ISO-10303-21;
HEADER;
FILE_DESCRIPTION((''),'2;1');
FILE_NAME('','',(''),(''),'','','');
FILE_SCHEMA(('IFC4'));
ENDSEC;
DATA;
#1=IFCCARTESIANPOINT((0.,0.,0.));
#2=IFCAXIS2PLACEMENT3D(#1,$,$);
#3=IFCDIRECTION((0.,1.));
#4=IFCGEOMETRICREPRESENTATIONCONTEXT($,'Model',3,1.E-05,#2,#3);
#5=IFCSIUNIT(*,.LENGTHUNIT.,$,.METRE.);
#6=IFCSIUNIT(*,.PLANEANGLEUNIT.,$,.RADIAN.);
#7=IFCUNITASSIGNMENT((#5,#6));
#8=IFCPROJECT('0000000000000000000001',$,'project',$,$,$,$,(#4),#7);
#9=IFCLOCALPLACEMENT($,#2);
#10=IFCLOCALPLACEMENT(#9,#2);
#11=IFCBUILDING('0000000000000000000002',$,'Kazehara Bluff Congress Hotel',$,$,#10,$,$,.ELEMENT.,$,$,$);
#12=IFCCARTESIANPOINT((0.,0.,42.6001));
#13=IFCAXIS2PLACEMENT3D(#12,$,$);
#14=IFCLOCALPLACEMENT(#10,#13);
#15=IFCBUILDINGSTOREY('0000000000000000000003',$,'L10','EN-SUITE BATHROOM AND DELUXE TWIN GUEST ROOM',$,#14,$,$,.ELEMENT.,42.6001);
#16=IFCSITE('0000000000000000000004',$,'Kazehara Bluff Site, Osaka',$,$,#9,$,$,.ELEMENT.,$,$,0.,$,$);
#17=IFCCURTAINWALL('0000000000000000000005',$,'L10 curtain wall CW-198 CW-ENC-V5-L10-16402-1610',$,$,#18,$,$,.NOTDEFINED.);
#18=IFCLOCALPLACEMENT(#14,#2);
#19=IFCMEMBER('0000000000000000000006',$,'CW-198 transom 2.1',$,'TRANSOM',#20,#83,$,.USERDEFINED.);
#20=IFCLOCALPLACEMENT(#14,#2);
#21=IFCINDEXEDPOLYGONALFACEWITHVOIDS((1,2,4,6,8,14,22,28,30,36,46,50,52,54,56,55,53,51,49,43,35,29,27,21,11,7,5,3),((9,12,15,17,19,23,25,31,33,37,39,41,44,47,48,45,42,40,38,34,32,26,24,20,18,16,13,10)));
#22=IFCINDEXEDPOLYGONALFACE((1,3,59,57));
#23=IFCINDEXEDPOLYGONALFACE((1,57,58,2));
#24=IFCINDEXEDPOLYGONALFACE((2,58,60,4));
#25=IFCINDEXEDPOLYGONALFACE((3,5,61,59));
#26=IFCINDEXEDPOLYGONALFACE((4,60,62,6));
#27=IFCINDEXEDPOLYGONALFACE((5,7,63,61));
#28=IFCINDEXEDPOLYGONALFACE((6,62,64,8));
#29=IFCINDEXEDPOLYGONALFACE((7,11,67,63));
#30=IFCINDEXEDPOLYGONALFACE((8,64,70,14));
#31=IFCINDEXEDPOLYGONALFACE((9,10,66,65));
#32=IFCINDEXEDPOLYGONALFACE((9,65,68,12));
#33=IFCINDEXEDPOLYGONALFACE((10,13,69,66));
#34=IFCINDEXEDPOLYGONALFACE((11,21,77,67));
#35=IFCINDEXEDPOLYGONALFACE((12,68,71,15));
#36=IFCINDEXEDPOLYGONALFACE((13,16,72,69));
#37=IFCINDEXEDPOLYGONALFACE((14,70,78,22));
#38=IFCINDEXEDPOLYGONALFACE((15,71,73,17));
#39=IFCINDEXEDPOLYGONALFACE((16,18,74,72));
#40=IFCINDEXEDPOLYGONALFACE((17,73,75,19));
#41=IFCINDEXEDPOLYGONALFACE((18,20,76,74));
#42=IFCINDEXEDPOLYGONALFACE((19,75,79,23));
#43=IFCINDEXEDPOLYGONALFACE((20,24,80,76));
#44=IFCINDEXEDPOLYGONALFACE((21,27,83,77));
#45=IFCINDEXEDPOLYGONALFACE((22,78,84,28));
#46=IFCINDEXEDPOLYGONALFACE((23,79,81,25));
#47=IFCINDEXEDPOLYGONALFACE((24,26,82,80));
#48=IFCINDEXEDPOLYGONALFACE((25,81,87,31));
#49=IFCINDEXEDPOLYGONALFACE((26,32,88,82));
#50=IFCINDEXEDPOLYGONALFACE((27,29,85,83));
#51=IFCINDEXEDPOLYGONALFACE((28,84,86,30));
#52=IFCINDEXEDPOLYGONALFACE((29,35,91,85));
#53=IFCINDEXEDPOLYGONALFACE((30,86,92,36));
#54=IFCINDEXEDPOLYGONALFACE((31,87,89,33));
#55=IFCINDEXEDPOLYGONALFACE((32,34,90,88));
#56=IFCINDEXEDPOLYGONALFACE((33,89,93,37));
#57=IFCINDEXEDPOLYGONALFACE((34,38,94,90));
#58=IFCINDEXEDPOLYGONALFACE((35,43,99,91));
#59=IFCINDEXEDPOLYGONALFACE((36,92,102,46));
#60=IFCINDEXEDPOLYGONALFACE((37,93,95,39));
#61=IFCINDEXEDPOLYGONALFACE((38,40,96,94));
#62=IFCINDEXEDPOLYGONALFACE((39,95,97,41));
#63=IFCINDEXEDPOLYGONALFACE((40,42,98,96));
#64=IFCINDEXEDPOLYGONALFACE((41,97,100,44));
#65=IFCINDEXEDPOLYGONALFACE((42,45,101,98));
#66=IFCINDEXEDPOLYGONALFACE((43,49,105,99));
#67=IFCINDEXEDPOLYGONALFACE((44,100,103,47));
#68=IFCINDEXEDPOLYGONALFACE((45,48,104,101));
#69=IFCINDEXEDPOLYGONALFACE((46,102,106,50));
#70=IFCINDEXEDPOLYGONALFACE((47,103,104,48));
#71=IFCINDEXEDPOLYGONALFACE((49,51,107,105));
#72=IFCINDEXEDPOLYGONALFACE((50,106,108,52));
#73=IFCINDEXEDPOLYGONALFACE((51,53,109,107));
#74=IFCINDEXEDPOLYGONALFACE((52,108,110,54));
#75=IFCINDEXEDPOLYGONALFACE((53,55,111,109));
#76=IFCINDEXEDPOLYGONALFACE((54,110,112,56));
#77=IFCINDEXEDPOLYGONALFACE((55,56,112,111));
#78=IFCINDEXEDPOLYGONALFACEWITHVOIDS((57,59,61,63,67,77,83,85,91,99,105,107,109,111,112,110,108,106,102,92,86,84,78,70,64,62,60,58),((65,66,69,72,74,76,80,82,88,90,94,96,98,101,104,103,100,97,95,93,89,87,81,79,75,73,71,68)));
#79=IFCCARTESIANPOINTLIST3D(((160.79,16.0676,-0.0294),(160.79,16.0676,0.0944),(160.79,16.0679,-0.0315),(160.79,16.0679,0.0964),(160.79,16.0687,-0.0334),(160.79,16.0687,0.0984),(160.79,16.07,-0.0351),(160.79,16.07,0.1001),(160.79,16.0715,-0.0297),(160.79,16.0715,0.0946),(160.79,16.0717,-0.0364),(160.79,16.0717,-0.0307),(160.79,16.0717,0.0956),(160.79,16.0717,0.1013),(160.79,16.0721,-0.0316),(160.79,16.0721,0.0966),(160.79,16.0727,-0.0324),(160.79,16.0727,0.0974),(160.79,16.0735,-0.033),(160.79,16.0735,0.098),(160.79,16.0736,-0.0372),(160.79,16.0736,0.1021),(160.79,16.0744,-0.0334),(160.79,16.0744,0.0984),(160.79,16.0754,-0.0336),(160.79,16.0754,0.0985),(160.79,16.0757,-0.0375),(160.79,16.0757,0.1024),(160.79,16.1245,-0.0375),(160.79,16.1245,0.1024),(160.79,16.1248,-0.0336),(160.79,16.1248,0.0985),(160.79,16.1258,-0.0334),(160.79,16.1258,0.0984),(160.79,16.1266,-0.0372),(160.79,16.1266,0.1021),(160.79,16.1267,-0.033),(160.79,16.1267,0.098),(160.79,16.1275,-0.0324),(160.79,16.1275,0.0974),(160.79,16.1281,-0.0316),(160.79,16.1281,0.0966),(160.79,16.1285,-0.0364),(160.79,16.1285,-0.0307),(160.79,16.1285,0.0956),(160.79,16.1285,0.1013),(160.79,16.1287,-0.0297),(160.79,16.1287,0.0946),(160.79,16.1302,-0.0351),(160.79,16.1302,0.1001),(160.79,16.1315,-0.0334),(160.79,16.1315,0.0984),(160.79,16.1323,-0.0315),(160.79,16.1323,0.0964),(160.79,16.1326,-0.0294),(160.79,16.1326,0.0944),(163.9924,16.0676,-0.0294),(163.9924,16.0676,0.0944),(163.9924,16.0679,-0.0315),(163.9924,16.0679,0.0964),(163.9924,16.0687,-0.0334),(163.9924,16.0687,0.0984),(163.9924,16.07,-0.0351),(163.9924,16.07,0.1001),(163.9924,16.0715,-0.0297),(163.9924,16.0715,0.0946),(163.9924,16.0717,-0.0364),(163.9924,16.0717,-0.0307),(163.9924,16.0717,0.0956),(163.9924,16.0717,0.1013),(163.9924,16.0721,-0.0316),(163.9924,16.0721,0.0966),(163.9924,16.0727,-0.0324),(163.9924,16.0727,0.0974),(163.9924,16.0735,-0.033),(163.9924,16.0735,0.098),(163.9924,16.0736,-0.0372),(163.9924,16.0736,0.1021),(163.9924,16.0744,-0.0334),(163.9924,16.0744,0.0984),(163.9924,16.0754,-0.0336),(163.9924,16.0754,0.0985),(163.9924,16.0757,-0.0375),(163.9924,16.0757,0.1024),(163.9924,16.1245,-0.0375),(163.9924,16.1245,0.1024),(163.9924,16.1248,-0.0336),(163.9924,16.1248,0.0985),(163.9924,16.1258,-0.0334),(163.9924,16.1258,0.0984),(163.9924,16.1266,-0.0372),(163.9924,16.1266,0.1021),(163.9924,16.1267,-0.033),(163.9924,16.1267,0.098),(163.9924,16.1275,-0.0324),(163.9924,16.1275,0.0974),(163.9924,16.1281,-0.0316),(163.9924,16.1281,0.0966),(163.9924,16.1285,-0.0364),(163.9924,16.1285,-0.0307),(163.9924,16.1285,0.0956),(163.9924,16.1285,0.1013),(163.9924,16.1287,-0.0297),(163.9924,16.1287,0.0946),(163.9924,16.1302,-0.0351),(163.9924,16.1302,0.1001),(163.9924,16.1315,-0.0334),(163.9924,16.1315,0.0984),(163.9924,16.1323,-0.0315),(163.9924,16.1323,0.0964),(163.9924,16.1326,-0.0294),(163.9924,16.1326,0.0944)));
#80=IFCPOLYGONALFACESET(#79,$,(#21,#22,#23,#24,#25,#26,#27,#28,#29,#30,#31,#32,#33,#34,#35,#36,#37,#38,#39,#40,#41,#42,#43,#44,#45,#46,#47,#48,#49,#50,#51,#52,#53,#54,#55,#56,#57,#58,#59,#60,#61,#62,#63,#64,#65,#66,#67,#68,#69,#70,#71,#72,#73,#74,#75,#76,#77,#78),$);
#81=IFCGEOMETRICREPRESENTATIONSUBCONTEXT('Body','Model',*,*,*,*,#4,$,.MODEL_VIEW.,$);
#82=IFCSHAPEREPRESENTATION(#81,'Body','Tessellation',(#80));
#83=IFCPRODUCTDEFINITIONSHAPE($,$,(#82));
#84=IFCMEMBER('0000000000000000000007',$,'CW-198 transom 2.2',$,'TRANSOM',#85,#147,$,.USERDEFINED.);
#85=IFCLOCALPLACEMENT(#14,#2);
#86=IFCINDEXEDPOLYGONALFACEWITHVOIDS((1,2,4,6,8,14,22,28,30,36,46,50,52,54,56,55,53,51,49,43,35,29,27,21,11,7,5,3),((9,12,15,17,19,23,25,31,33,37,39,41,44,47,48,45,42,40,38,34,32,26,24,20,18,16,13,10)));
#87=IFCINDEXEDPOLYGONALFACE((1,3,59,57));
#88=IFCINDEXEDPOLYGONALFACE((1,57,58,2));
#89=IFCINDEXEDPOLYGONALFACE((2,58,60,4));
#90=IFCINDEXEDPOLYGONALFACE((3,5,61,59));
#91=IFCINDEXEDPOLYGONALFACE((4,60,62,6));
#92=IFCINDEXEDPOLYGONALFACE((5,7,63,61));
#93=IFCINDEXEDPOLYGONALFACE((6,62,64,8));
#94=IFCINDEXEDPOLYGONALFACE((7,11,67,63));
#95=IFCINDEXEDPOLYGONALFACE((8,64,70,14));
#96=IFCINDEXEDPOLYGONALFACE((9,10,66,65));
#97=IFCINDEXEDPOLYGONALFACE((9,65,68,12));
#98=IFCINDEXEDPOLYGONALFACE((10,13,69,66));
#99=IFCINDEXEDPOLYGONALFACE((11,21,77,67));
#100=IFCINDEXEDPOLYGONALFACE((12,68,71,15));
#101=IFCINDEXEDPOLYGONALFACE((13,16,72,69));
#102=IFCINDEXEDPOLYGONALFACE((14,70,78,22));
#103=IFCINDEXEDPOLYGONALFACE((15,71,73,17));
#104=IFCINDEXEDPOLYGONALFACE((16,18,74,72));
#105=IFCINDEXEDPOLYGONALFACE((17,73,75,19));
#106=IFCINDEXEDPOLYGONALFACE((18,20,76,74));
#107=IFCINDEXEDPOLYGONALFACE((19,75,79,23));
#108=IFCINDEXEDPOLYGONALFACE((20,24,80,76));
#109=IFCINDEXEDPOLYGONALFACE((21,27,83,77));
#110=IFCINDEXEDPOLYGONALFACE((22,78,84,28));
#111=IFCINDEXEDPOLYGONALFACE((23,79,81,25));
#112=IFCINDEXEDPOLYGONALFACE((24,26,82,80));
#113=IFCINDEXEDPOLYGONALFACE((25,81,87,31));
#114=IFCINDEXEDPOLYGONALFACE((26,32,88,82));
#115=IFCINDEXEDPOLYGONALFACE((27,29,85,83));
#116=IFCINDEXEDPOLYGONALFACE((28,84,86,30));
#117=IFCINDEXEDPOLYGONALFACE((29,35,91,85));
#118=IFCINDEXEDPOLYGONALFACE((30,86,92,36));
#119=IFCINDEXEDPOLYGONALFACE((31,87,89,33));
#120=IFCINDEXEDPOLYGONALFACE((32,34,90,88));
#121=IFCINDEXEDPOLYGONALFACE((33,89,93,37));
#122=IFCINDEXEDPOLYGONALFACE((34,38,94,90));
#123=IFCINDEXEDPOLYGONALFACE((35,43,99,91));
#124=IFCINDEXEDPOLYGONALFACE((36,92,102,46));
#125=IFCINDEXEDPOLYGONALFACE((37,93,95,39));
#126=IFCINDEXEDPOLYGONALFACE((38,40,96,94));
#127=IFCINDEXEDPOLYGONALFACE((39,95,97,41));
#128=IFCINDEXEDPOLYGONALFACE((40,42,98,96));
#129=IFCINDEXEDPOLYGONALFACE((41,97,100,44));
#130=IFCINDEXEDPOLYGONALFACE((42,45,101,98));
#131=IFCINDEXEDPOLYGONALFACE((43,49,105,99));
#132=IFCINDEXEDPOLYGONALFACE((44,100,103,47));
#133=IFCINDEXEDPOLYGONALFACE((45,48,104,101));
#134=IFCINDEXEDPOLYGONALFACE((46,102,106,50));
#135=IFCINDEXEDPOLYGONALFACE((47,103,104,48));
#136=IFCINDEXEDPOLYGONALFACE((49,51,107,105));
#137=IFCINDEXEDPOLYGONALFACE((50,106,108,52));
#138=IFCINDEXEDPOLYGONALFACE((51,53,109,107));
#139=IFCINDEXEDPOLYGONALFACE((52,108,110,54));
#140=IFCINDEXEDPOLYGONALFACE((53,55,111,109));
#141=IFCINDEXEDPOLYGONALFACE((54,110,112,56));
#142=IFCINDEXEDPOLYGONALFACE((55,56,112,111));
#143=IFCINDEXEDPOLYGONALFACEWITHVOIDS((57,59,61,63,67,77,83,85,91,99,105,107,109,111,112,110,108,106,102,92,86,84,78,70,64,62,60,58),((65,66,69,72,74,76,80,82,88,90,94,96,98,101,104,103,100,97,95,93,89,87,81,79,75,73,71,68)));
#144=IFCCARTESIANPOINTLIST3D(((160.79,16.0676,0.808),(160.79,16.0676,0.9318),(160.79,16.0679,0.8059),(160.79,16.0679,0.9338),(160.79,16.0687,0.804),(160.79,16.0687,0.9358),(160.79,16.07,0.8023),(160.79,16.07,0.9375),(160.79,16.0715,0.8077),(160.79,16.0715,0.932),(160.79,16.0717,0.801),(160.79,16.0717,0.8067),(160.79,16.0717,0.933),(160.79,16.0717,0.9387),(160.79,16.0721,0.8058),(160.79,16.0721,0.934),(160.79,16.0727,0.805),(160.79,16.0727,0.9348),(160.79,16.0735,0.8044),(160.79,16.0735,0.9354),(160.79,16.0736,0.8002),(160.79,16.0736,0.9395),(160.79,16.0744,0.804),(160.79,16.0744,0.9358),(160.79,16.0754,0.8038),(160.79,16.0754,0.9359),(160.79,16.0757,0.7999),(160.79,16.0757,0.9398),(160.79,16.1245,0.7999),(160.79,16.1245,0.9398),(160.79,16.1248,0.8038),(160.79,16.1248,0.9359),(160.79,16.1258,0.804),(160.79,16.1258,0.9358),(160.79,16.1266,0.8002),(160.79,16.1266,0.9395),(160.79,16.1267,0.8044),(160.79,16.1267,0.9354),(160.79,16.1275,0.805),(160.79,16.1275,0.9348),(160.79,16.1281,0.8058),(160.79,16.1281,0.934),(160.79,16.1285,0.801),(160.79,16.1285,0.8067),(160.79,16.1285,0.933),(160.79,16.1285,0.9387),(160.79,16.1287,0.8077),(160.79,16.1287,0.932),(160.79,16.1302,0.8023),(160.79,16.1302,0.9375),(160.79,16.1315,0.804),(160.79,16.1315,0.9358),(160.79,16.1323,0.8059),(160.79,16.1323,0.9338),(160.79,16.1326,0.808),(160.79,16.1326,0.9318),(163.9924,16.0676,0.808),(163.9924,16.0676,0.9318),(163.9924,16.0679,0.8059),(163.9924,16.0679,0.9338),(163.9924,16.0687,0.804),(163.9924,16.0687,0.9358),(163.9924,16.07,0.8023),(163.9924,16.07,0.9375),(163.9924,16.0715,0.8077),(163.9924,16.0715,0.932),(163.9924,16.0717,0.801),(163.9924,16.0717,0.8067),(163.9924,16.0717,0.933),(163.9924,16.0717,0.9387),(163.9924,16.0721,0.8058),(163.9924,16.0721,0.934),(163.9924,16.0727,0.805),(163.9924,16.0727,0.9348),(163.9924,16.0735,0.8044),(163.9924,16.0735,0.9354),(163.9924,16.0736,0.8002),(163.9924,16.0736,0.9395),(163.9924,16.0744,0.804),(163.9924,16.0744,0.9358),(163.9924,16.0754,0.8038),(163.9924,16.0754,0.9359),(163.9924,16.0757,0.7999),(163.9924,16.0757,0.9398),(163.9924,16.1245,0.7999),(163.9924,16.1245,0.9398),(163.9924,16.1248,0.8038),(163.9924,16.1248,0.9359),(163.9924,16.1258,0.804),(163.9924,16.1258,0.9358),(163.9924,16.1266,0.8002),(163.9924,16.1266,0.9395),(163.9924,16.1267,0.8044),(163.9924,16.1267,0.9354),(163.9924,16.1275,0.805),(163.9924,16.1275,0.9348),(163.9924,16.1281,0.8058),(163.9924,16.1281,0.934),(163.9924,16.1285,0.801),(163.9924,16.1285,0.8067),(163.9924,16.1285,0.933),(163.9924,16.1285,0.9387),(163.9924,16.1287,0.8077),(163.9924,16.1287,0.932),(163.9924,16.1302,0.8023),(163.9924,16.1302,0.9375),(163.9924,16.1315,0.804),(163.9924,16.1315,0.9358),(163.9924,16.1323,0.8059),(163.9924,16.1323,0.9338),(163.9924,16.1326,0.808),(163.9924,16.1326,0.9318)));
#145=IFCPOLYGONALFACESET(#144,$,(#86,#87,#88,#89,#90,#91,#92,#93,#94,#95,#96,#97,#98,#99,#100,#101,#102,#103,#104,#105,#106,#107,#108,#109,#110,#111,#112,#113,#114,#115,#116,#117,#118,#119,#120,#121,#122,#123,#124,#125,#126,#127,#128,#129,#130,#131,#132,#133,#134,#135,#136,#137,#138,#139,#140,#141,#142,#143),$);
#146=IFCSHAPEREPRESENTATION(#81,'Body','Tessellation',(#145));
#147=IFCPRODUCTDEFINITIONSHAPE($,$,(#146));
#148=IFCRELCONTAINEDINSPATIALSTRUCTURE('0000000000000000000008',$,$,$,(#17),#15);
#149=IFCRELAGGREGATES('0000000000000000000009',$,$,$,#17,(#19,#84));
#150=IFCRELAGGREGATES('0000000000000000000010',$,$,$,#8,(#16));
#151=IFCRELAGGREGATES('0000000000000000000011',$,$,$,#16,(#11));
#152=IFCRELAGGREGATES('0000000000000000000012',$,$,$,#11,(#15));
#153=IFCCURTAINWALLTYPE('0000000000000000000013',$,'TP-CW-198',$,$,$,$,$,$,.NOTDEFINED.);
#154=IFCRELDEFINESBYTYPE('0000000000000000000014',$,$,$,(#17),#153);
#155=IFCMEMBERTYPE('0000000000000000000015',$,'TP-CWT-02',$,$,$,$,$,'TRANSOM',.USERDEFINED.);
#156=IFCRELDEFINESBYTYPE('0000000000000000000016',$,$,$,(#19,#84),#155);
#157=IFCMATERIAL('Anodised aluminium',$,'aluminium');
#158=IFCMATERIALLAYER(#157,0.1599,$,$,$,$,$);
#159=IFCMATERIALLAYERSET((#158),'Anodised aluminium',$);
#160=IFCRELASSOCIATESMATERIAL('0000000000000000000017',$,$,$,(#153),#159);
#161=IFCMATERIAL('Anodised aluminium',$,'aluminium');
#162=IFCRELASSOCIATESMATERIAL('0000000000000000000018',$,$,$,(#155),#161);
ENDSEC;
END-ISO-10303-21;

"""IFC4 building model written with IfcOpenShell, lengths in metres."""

from ifc_helpers import new_model, si_unit, direction, frame, origin, origin_2d, place, context, subcontext, project, spatial, hollow_rectangle, extrude, material, layer, layer_set, material_profile, profile_set, type_object, element, aggregate, save


model = new_model("IFC4")

# Units and contexts
model_context = context("Model", 3, precision=1e-05, world=origin(), true_north=direction((0.0, 1.0)))
body_context = subcontext(model_context, "Body", "Model", "MODEL_VIEW")
ifc_project = project(units=[si_unit("LENGTHUNIT", "METRE"), si_unit("PLANEANGLEUNIT", "RADIAN")], contexts=[model_context])

# Site, building, storey
site_placement = place(None, origin())
site = spatial("IfcSite", under=ifc_project, at=site_placement, Name="Kazehara Bluff Site, Osaka", CompositionType="ELEMENT", RefElevation=0.0)
building_placement = place(site_placement, origin())
building = spatial("IfcBuilding", under=site, at=building_placement, Name="Kazehara Bluff Congress Hotel", CompositionType="ELEMENT")
storey_placement = place(building_placement, frame((0.0, 0.0, 42.6001)))
storey = spatial("IfcBuildingStorey", under=building, at=storey_placement, Name="L10", Description="EN-SUITE BATHROOM AND DELUXE TWIN GUEST ROOM", CompositionType="ELEMENT", Elevation=42.6001)

# Curtain wall
ifc_material_1 = material(Name="Anodised aluminium", Category="aluminium")
ifc_layer_1 = layer(ifc_material_1, 0.1599)
ifc_layer_set_1 = layer_set([ifc_layer_1], Name="Anodised aluminium")
curtain_wall_type_1 = type_object("IfcCurtainWallType", Name="TP-CW-198", PredefinedType="NOTDEFINED", material=ifc_layer_set_1)
curtain_wall_1_placement = place(storey_placement, origin())
curtain_wall_1 = element("IfcCurtainWall", 1, at=curtain_wall_1_placement, inside=storey, type_object=curtain_wall_type_1, Name="L10 curtain wall CW-198 CW-ENC-V5-L10-16402-1610", PredefinedType="NOTDEFINED")

# Members
ifc_material_2 = material(Name="Anodised aluminium", Category="aluminium")
ifc_material_profile_1 = material_profile(ifc_material_2, hollow_rectangle(XDim=0.0649, YDim=0.1399, WallThickness=0.0039, InnerFilletRadius=0.0039, OuterFilletRadius=0.0081, at=origin_2d()))
ifc_profile_set_1 = profile_set([ifc_material_profile_1], Name="Anodised aluminium")
member_type_1 = type_object("IfcMemberType", Name="TP-CWT-02", ElementType="TRANSOM", PredefinedType="USERDEFINED", material=ifc_profile_set_1)
member_1_placement = place(storey_placement, frame((163.9924, 16.1001, 0.0325), z_axis=(-1.0, 0.0, 0.0), x_axis=(0.0, -1.0, 0.0)))
member_1 = element("IfcMember", 2, at=member_1_placement, type_object=member_type_1, Name="CW-198 transom 2.1", ObjectType="TRANSOM", PredefinedType="USERDEFINED", context=body_context, shape_type="SweptSolid", body=[
    extrude(hollow_rectangle(XDim=0.0649, YDim=0.1399, WallThickness=0.0039, InnerFilletRadius=0.0039, OuterFilletRadius=0.0081, at=origin_2d()), origin(), (0.0, 0.0, 1.0), 3.2024),
])
member_2_placement = place(storey_placement, frame((163.9924, 16.1001, 0.8699), z_axis=(-1.0, 0.0, 0.0), x_axis=(0.0, -1.0, 0.0)))
member_2 = element("IfcMember", 3, at=member_2_placement, type_object=member_type_1, Name="CW-198 transom 2.2", ObjectType="TRANSOM", PredefinedType="USERDEFINED", context=body_context, shape_type="SweptSolid", body=[
    extrude(hollow_rectangle(XDim=0.0649, YDim=0.1399, WallThickness=0.0039, InnerFilletRadius=0.0039, OuterFilletRadius=0.0081, at=origin_2d()), origin(), (0.0, 0.0, 1.0), 3.2024),
])

aggregate(curtain_wall_1, [member_1, member_2])

save(model, "model.ifc")
